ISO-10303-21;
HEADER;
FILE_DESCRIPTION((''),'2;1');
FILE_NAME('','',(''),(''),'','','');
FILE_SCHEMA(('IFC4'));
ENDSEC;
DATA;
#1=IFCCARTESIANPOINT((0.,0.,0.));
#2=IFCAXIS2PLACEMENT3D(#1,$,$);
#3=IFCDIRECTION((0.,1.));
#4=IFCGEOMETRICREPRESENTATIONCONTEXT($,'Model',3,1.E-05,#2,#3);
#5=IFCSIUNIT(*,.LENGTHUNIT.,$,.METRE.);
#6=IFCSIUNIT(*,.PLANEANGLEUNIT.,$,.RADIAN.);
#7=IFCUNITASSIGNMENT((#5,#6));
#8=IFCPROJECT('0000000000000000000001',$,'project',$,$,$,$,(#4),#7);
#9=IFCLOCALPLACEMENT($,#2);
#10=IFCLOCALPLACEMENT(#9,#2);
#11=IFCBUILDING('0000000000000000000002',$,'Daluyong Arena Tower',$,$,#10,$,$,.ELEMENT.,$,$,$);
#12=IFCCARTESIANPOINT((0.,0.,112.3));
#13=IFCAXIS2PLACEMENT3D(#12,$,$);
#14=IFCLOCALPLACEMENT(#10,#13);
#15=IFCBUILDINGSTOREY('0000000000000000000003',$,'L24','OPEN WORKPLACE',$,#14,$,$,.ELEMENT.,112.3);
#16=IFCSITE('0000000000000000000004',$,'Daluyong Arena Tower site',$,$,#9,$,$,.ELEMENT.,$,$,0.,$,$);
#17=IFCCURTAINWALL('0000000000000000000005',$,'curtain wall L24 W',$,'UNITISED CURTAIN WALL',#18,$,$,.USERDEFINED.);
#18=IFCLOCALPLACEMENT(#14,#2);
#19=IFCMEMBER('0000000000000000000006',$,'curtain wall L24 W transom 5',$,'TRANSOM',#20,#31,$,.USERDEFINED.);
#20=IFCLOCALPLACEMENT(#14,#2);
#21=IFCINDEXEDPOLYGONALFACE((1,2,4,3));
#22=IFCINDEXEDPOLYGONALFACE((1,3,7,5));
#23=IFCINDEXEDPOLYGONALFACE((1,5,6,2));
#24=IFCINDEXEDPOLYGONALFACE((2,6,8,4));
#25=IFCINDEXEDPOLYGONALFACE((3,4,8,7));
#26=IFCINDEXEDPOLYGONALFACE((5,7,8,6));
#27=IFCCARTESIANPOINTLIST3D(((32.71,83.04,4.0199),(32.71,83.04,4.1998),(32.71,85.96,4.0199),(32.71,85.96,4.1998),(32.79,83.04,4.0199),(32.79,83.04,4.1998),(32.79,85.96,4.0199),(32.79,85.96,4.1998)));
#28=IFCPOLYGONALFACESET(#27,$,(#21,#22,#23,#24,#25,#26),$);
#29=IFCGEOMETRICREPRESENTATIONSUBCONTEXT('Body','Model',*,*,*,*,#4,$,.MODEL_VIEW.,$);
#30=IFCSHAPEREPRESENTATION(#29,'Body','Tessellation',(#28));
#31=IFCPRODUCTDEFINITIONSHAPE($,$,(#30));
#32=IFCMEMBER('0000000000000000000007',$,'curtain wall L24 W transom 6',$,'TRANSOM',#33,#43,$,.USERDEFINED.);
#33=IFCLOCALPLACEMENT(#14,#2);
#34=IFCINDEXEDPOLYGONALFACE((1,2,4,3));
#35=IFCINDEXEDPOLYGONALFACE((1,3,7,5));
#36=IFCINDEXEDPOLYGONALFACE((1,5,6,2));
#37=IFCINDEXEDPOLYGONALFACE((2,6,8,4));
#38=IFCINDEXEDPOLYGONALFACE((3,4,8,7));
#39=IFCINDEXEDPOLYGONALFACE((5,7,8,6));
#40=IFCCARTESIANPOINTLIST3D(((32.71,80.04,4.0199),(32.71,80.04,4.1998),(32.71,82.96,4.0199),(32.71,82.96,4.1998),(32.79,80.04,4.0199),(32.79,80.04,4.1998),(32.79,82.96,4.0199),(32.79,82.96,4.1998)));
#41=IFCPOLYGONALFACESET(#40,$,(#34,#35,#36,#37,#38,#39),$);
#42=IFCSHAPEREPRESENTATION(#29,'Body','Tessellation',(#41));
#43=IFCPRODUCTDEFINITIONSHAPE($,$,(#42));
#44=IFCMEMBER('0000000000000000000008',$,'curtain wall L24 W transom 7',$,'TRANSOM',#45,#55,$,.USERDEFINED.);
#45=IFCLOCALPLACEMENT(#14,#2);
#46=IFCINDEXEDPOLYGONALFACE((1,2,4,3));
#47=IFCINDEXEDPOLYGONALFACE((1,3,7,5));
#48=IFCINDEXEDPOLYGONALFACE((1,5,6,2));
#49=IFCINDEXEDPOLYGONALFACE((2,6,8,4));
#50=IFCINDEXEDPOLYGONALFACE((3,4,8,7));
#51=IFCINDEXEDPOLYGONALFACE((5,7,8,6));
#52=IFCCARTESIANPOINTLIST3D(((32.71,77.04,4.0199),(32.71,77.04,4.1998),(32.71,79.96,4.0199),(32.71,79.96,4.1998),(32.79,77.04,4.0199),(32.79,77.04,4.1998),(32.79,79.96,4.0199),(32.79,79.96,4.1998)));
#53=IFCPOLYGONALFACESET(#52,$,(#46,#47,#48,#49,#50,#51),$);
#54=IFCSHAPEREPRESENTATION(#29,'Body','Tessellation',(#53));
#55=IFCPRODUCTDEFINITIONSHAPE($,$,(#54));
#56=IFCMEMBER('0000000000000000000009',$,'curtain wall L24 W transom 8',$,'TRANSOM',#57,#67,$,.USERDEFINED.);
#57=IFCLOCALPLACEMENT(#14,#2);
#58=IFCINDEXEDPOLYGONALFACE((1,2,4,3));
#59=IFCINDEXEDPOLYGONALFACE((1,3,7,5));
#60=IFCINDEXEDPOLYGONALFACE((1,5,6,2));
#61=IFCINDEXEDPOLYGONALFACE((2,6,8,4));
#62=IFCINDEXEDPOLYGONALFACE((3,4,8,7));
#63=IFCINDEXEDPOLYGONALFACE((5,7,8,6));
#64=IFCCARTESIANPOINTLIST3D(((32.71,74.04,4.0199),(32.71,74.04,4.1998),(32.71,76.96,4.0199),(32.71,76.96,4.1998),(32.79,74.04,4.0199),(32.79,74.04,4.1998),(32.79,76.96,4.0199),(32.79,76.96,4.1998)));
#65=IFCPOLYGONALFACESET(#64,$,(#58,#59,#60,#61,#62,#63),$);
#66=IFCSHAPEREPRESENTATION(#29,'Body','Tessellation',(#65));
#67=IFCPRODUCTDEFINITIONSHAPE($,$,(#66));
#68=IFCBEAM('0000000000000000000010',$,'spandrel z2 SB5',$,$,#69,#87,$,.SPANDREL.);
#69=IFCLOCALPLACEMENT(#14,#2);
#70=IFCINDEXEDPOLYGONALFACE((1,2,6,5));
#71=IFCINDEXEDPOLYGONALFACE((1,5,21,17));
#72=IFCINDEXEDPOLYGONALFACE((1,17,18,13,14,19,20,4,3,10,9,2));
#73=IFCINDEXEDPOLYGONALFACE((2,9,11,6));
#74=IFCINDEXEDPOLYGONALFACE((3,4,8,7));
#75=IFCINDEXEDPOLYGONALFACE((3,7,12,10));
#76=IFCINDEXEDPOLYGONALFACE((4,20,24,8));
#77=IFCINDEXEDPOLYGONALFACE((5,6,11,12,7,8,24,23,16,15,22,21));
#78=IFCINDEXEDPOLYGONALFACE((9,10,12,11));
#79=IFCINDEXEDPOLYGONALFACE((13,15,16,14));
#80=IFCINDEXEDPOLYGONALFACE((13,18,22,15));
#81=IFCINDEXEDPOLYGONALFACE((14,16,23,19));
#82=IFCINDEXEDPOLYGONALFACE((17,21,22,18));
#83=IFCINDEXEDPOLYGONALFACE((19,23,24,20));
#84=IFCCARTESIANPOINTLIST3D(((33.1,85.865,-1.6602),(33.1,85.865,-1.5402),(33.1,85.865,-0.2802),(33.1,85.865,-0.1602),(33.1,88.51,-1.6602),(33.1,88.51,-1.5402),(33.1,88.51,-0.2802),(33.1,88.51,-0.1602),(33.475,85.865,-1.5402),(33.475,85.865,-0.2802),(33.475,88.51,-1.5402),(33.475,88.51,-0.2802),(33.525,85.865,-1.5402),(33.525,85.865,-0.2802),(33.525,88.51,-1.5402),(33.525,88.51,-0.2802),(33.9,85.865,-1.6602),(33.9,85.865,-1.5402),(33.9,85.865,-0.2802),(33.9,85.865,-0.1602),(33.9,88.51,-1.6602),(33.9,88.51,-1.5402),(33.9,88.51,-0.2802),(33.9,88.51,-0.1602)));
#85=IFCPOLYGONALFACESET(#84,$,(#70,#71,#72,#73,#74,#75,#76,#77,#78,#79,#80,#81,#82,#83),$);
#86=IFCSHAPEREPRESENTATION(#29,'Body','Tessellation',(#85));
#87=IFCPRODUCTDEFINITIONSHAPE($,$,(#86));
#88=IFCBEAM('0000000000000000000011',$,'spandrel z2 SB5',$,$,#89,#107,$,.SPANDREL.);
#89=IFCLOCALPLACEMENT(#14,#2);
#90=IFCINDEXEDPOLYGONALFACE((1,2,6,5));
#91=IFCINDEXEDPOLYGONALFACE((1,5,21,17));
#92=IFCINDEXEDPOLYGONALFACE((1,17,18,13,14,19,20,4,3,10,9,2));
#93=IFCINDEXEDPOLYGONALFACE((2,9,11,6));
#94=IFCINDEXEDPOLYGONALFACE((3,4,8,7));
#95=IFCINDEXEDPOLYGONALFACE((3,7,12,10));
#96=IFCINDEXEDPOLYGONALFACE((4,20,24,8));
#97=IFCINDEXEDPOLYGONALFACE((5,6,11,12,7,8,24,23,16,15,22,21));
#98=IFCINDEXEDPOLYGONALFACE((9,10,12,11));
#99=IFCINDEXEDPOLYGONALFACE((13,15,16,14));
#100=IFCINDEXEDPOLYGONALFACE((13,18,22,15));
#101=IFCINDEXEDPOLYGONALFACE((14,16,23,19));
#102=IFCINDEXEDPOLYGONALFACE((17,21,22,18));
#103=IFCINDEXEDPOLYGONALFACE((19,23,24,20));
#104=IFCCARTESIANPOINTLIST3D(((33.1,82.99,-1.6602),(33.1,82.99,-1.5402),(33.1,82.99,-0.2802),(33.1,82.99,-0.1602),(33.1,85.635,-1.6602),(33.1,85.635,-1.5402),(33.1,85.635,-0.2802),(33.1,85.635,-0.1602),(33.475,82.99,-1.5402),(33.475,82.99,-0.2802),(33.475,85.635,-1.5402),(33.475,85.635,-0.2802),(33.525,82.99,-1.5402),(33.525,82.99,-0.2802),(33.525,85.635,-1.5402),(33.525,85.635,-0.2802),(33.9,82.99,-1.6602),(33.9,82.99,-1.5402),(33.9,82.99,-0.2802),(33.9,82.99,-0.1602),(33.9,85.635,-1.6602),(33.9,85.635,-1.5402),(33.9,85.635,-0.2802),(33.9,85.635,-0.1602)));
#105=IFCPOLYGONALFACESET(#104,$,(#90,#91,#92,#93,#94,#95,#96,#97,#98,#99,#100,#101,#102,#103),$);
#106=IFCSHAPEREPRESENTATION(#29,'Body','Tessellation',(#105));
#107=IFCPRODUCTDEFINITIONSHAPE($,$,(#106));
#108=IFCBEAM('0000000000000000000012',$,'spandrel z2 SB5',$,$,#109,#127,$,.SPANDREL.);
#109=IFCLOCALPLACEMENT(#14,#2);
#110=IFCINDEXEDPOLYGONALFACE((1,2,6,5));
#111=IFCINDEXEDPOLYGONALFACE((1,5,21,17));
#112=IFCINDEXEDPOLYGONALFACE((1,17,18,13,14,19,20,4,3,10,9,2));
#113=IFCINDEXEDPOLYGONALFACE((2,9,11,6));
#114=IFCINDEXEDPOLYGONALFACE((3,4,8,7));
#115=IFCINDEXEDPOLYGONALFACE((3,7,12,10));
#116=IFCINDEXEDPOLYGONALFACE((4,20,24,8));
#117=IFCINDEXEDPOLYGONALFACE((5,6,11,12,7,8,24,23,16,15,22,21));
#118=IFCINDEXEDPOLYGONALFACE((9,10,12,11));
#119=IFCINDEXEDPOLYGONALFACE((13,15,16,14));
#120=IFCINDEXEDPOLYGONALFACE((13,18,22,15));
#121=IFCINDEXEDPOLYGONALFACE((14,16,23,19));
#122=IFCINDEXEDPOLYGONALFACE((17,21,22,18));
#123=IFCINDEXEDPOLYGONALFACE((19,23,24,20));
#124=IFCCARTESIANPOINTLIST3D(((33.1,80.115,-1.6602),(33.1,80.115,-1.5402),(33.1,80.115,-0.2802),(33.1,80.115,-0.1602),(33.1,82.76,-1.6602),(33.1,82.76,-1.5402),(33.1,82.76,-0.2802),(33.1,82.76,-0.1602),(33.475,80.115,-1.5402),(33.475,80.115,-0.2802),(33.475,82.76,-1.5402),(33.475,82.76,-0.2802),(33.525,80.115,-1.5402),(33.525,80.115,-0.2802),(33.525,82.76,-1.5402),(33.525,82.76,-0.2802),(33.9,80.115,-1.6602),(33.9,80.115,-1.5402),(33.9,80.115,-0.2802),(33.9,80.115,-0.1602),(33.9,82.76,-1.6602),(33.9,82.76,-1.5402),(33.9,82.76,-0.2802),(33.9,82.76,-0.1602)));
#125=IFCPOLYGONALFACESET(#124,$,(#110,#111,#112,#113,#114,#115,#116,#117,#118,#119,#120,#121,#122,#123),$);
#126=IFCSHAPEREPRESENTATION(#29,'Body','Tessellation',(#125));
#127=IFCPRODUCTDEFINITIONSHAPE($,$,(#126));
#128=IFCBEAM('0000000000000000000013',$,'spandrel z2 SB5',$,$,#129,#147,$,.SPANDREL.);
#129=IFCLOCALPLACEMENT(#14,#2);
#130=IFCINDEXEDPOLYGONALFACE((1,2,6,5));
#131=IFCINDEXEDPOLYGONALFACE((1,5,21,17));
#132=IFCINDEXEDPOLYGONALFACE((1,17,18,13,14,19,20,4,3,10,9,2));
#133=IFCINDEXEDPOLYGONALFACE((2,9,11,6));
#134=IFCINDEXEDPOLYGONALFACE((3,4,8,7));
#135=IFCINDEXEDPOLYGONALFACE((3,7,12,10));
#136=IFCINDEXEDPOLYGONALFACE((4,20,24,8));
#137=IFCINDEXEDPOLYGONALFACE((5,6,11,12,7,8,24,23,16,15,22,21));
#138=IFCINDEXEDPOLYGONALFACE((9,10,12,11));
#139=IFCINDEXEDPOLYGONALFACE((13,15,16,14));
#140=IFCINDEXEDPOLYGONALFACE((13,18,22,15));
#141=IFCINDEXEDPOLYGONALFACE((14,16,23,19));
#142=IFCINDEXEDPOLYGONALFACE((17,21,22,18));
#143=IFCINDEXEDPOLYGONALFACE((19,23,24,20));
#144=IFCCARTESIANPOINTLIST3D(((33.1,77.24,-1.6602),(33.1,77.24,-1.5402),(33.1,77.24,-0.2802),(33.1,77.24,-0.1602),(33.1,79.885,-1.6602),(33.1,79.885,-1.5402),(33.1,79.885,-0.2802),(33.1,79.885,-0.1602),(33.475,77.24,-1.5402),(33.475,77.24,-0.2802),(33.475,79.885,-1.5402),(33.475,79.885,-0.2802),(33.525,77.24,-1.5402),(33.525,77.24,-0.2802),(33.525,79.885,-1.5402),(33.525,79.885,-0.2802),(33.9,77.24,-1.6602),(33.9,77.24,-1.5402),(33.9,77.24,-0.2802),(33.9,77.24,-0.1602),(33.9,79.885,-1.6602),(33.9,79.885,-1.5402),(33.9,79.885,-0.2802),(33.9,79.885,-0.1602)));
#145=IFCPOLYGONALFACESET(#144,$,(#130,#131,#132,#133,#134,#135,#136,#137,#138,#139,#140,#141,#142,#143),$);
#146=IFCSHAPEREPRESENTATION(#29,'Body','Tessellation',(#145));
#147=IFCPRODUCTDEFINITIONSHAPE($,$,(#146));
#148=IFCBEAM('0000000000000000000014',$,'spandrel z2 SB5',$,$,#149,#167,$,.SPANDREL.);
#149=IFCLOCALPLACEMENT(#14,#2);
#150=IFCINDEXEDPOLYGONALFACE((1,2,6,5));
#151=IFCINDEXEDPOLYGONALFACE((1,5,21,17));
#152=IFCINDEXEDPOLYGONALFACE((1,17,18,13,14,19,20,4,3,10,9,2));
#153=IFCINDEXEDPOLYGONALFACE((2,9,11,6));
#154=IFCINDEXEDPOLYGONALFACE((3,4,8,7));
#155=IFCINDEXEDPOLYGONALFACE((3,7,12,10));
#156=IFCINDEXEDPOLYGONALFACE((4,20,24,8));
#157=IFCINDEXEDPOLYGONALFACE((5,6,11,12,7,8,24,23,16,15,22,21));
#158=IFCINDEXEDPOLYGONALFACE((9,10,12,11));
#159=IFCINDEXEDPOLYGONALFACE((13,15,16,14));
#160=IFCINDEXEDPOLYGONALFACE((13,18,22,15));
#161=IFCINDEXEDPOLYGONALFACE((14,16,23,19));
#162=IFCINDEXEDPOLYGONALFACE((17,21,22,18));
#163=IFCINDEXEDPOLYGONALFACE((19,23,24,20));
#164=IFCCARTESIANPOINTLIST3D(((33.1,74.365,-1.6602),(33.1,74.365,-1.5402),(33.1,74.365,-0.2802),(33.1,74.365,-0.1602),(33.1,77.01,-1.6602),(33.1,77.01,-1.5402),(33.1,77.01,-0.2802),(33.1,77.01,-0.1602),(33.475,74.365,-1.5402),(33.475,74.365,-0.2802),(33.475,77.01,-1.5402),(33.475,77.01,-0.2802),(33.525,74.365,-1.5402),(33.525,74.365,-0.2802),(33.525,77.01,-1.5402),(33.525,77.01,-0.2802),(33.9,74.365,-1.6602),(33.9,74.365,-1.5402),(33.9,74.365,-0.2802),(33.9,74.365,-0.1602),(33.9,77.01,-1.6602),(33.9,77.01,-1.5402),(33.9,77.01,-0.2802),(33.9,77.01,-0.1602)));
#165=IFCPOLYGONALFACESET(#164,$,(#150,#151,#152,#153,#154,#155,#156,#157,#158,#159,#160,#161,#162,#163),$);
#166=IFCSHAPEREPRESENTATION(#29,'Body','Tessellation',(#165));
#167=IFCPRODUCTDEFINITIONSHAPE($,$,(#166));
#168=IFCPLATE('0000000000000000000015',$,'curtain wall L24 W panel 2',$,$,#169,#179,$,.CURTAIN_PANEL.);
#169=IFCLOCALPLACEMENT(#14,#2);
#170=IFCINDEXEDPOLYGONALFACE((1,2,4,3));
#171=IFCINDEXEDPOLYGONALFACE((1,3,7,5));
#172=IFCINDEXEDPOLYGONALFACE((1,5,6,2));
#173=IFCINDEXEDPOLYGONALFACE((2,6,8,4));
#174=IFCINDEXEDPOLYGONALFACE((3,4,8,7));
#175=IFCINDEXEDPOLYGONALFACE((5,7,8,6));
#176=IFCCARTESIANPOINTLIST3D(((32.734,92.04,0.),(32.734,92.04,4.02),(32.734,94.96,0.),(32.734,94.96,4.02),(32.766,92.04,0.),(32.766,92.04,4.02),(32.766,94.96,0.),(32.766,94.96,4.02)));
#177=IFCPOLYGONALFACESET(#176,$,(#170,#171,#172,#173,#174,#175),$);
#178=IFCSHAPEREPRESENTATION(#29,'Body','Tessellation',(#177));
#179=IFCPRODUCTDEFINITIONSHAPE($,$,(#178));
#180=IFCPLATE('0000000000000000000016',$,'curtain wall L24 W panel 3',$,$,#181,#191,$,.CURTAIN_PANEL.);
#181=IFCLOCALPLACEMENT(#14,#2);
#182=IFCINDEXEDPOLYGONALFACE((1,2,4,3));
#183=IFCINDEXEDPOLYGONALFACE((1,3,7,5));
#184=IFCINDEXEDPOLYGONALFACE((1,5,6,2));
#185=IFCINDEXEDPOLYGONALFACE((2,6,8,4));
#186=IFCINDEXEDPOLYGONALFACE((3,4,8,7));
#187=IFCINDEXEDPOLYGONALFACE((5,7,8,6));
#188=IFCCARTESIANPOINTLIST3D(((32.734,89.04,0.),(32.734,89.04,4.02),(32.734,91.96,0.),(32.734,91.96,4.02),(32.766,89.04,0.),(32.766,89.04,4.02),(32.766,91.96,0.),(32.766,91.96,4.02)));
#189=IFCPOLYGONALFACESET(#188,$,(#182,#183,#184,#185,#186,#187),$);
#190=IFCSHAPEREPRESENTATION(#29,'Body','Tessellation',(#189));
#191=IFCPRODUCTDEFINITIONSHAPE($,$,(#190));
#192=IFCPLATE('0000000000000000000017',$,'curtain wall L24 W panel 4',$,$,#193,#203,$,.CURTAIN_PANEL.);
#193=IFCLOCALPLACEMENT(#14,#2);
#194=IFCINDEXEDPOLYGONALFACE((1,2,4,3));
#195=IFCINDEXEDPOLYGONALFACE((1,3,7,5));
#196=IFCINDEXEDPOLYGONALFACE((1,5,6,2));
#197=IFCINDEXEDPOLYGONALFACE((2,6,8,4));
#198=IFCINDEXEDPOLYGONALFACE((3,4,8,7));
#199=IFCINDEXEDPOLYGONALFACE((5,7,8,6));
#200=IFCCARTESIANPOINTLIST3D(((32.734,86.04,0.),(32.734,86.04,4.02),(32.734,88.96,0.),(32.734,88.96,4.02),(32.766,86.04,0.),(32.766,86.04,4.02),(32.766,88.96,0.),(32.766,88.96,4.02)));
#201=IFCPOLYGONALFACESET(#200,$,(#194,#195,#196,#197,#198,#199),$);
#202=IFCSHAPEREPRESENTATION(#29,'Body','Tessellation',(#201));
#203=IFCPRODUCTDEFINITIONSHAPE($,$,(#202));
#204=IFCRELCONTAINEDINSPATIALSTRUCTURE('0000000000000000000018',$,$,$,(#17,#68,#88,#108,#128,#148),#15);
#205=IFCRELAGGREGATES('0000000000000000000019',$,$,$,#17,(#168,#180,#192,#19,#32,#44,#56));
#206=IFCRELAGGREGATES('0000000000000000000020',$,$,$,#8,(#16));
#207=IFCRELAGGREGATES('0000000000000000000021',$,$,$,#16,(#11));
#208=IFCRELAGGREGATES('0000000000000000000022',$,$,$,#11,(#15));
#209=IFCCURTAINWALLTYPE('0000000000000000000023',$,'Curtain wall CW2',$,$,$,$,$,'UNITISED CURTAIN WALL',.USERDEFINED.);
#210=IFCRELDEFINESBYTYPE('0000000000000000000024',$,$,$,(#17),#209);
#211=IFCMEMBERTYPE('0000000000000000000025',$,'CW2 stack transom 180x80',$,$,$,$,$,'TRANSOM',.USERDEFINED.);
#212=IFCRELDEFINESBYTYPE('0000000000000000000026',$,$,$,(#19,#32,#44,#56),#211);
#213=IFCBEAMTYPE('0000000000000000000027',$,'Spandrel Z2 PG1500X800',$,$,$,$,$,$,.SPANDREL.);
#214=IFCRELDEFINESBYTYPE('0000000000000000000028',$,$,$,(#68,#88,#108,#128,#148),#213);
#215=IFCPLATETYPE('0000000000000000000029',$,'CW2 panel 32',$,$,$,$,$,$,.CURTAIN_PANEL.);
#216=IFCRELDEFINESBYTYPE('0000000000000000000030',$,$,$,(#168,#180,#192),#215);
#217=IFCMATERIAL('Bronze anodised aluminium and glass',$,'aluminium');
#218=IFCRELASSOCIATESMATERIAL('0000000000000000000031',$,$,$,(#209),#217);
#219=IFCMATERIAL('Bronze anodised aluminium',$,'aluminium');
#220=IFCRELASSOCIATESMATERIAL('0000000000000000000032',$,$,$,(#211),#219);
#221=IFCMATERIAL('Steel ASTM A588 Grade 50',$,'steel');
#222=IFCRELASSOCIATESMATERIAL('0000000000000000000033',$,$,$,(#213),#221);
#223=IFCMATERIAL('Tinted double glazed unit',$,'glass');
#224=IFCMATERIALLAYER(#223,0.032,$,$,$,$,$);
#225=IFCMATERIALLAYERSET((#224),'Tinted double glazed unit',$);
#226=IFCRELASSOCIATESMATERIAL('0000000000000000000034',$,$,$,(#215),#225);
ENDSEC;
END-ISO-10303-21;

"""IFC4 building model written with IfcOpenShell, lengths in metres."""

from ifc_helpers import new_model, si_unit, direction, frame, origin, origin_2d, place, context, subcontext, project, spatial, rectangle, i_section, extrude, material, layer, layer_set, material_profile, profile_set, type_object, element, aggregate, save


model = new_model("IFC4")

# Units and contexts
model_context = context("Model", 3, precision=1e-05, world=origin(), true_north=direction((0.0, 1.0)))
body_context = subcontext(model_context, "Body", "Model", "MODEL_VIEW")
ifc_project = project(units=[si_unit("LENGTHUNIT", "METRE"), si_unit("PLANEANGLEUNIT", "RADIAN")], contexts=[model_context])

# Site, building, storey
site_placement = place(None, origin())
site = spatial("IfcSite", under=ifc_project, at=site_placement, Name="Daluyong Arena Tower site", CompositionType="ELEMENT", RefElevation=0.0)
building_placement = place(site_placement, origin())
building = spatial("IfcBuilding", under=site, at=building_placement, Name="Daluyong Arena Tower", CompositionType="ELEMENT")
storey_placement = place(building_placement, frame((0.0, 0.0, 112.3)))
storey = spatial("IfcBuildingStorey", under=building, at=storey_placement, Name="L24", Description="OPEN WORKPLACE", CompositionType="ELEMENT", Elevation=112.3)

# Curtain wall, members
ifc_material_1 = material(Name="Bronze anodised aluminium and glass", Category="aluminium")
curtain_wall_type = type_object("IfcCurtainWallType", Name="Curtain wall CW2", ElementType="UNITISED CURTAIN WALL", PredefinedType="USERDEFINED", material=ifc_material_1)
curtain_wall_placement = place(storey_placement, origin())
curtain_wall = element("IfcCurtainWall", 1, at=curtain_wall_placement, inside=storey, type_object=curtain_wall_type, Name="curtain wall L24 W", ObjectType="UNITISED CURTAIN WALL", PredefinedType="USERDEFINED")
ifc_material_2 = material(Name="Bronze anodised aluminium", Category="aluminium")
ifc_material_profile_1 = material_profile(ifc_material_2, rectangle(XDim=0.0801, YDim=0.1799, at=origin_2d()))
ifc_profile_set_1 = profile_set([ifc_material_profile_1], Name="Bronze anodised aluminium")
member_type_1 = type_object("IfcMemberType", Name="CW2 stack transom 180x80", ElementType="TRANSOM", PredefinedType="USERDEFINED", material=ifc_profile_set_1)
member_1_placement = place(storey_placement, frame((32.75, 85.96, 4.1099), z_axis=(0.0, -1.0, 0.0), x_axis=(1.0, 0.0, 0.0)))
member_1 = element("IfcMember", 2, at=member_1_placement, type_object=member_type_1, Name="curtain wall L24 W transom 5", ObjectType="TRANSOM", PredefinedType="USERDEFINED", context=body_context, shape_type="SweptSolid", body=[
    extrude(rectangle(XDim=0.0801, YDim=0.1799, at=origin_2d()), origin(), (0.0, 0.0, 1.0), 2.9199),
])
member_2_placement = place(storey_placement, frame((32.75, 82.96, 4.1099), z_axis=(0.0, -1.0, 0.0), x_axis=(1.0, 0.0, 0.0)))
member_2 = element("IfcMember", 3, at=member_2_placement, type_object=member_type_1, Name="curtain wall L24 W transom 6", ObjectType="TRANSOM", PredefinedType="USERDEFINED", context=body_context, shape_type="SweptSolid", body=[
    extrude(rectangle(XDim=0.0801, YDim=0.1799, at=origin_2d()), origin(), (0.0, 0.0, 1.0), 2.9199),
])
member_3_placement = place(storey_placement, frame((32.75, 79.96, 4.1099), z_axis=(0.0, -1.0, 0.0), x_axis=(1.0, 0.0, 0.0)))
member_3 = element("IfcMember", 4, at=member_3_placement, type_object=member_type_1, Name="curtain wall L24 W transom 7", ObjectType="TRANSOM", PredefinedType="USERDEFINED", context=body_context, shape_type="SweptSolid", body=[
    extrude(rectangle(XDim=0.0801, YDim=0.1799, at=origin_2d()), origin(), (0.0, 0.0, 1.0), 2.9199),
])
member_4_placement = place(storey_placement, frame((32.75, 76.96, 4.1099), z_axis=(0.0, -1.0, 0.0), x_axis=(1.0, 0.0, 0.0)))
member_4 = element("IfcMember", 5, at=member_4_placement, type_object=member_type_1, Name="curtain wall L24 W transom 8", ObjectType="TRANSOM", PredefinedType="USERDEFINED", context=body_context, shape_type="SweptSolid", body=[
    extrude(rectangle(XDim=0.0801, YDim=0.1799, at=origin_2d()), origin(), (0.0, 0.0, 1.0), 2.9199),
])

# Beams
ifc_material_3 = material(Name="Steel ASTM A588 Grade 50", Category="steel")
ifc_material_profile_2 = material_profile(ifc_material_3, i_section(OverallWidth=0.8, OverallDepth=1.5, WebThickness=0.05, FlangeThickness=0.12, at=origin_2d()))
ifc_profile_set_2 = profile_set([ifc_material_profile_2], Name="Steel ASTM A588 Grade 50")
beam_type = type_object("IfcBeamType", Name="Spandrel Z2 PG1500X800", PredefinedType="SPANDREL", material=ifc_profile_set_2)
for number, where, z_axis, x_axis, name in (
    (6, (33.5, 88.51, -0.9102), (0.0, -1.0, 0.0), (1.0, 0.0, 0.0), "spandrel z2 SB5"),
    (7, (33.5, 85.635, -0.9102), (0.0, -1.0, 0.0), (1.0, 0.0, 0.0), "spandrel z2 SB5"),
    (8, (33.5, 82.76, -0.9102), (0.0, -1.0, 0.0), (1.0, 0.0, 0.0), "spandrel z2 SB5"),
    (9, (33.5, 79.885, -0.9102), (0.0, -1.0, 0.0), (1.0, 0.0, 0.0), "spandrel z2 SB5"),
    (10, (33.5, 77.01, -0.9102), (0.0, -1.0, 0.0), (1.0, 0.0, 0.0), "spandrel z2 SB5"),
):
    element("IfcBeam", number, at=place(storey_placement, frame(where, z_axis=z_axis, x_axis=x_axis)), inside=storey, type_object=beam_type, Name=name, PredefinedType="SPANDREL", context=body_context, shape_type="SweptSolid", body=[
        extrude(i_section(OverallWidth=0.8, OverallDepth=1.5, WebThickness=0.05, FlangeThickness=0.12, at=origin_2d()), origin(), (0.0, 0.0, 1.0), 2.645),
    ])

# Plates
ifc_material_4 = material(Name="Tinted double glazed unit", Category="glass")
ifc_layer_1 = layer(ifc_material_4, 0.032)
ifc_layer_set_1 = layer_set([ifc_layer_1], Name="Tinted double glazed unit")
plate_type = type_object("IfcPlateType", Name="CW2 panel 32", PredefinedType="CURTAIN_PANEL", material=ifc_layer_set_1)
plate_1_placement = place(storey_placement, frame((32.75, 93.5, 0.0), z_axis=(0.0, 0.0, 1.0), x_axis=(0.0, -1.0, 0.0)))
plate_1 = element("IfcPlate", 11, at=plate_1_placement, type_object=plate_type, Name="curtain wall L24 W panel 2", PredefinedType="CURTAIN_PANEL", context=body_context, shape_type="SweptSolid", body=[
    extrude(rectangle(XDim=2.9199, YDim=0.032, at=origin_2d()), origin(), (0.0, 0.0, 1.0), 4.02),
])
plate_2_placement = place(storey_placement, frame((32.75, 90.5, 0.0), z_axis=(0.0, 0.0, 1.0), x_axis=(0.0, -1.0, 0.0)))
plate_2 = element("IfcPlate", 12, at=plate_2_placement, type_object=plate_type, Name="curtain wall L24 W panel 3", PredefinedType="CURTAIN_PANEL", context=body_context, shape_type="SweptSolid", body=[
    extrude(rectangle(XDim=2.9199, YDim=0.032, at=origin_2d()), origin(), (0.0, 0.0, 1.0), 4.02),
])
plate_3_placement = place(storey_placement, frame((32.75, 87.5, 0.0), z_axis=(0.0, 0.0, 1.0), x_axis=(0.0, -1.0, 0.0)))
plate_3 = element("IfcPlate", 13, at=plate_3_placement, type_object=plate_type, Name="curtain wall L24 W panel 4", PredefinedType="CURTAIN_PANEL", context=body_context, shape_type="SweptSolid", body=[
    extrude(rectangle(XDim=2.9199, YDim=0.032, at=origin_2d()), origin(), (0.0, 0.0, 1.0), 4.02),
])
aggregate(curtain_wall, [plate_1, plate_2, plate_3, member_1, member_2, member_3, member_4])

save(model, "model.ifc")
